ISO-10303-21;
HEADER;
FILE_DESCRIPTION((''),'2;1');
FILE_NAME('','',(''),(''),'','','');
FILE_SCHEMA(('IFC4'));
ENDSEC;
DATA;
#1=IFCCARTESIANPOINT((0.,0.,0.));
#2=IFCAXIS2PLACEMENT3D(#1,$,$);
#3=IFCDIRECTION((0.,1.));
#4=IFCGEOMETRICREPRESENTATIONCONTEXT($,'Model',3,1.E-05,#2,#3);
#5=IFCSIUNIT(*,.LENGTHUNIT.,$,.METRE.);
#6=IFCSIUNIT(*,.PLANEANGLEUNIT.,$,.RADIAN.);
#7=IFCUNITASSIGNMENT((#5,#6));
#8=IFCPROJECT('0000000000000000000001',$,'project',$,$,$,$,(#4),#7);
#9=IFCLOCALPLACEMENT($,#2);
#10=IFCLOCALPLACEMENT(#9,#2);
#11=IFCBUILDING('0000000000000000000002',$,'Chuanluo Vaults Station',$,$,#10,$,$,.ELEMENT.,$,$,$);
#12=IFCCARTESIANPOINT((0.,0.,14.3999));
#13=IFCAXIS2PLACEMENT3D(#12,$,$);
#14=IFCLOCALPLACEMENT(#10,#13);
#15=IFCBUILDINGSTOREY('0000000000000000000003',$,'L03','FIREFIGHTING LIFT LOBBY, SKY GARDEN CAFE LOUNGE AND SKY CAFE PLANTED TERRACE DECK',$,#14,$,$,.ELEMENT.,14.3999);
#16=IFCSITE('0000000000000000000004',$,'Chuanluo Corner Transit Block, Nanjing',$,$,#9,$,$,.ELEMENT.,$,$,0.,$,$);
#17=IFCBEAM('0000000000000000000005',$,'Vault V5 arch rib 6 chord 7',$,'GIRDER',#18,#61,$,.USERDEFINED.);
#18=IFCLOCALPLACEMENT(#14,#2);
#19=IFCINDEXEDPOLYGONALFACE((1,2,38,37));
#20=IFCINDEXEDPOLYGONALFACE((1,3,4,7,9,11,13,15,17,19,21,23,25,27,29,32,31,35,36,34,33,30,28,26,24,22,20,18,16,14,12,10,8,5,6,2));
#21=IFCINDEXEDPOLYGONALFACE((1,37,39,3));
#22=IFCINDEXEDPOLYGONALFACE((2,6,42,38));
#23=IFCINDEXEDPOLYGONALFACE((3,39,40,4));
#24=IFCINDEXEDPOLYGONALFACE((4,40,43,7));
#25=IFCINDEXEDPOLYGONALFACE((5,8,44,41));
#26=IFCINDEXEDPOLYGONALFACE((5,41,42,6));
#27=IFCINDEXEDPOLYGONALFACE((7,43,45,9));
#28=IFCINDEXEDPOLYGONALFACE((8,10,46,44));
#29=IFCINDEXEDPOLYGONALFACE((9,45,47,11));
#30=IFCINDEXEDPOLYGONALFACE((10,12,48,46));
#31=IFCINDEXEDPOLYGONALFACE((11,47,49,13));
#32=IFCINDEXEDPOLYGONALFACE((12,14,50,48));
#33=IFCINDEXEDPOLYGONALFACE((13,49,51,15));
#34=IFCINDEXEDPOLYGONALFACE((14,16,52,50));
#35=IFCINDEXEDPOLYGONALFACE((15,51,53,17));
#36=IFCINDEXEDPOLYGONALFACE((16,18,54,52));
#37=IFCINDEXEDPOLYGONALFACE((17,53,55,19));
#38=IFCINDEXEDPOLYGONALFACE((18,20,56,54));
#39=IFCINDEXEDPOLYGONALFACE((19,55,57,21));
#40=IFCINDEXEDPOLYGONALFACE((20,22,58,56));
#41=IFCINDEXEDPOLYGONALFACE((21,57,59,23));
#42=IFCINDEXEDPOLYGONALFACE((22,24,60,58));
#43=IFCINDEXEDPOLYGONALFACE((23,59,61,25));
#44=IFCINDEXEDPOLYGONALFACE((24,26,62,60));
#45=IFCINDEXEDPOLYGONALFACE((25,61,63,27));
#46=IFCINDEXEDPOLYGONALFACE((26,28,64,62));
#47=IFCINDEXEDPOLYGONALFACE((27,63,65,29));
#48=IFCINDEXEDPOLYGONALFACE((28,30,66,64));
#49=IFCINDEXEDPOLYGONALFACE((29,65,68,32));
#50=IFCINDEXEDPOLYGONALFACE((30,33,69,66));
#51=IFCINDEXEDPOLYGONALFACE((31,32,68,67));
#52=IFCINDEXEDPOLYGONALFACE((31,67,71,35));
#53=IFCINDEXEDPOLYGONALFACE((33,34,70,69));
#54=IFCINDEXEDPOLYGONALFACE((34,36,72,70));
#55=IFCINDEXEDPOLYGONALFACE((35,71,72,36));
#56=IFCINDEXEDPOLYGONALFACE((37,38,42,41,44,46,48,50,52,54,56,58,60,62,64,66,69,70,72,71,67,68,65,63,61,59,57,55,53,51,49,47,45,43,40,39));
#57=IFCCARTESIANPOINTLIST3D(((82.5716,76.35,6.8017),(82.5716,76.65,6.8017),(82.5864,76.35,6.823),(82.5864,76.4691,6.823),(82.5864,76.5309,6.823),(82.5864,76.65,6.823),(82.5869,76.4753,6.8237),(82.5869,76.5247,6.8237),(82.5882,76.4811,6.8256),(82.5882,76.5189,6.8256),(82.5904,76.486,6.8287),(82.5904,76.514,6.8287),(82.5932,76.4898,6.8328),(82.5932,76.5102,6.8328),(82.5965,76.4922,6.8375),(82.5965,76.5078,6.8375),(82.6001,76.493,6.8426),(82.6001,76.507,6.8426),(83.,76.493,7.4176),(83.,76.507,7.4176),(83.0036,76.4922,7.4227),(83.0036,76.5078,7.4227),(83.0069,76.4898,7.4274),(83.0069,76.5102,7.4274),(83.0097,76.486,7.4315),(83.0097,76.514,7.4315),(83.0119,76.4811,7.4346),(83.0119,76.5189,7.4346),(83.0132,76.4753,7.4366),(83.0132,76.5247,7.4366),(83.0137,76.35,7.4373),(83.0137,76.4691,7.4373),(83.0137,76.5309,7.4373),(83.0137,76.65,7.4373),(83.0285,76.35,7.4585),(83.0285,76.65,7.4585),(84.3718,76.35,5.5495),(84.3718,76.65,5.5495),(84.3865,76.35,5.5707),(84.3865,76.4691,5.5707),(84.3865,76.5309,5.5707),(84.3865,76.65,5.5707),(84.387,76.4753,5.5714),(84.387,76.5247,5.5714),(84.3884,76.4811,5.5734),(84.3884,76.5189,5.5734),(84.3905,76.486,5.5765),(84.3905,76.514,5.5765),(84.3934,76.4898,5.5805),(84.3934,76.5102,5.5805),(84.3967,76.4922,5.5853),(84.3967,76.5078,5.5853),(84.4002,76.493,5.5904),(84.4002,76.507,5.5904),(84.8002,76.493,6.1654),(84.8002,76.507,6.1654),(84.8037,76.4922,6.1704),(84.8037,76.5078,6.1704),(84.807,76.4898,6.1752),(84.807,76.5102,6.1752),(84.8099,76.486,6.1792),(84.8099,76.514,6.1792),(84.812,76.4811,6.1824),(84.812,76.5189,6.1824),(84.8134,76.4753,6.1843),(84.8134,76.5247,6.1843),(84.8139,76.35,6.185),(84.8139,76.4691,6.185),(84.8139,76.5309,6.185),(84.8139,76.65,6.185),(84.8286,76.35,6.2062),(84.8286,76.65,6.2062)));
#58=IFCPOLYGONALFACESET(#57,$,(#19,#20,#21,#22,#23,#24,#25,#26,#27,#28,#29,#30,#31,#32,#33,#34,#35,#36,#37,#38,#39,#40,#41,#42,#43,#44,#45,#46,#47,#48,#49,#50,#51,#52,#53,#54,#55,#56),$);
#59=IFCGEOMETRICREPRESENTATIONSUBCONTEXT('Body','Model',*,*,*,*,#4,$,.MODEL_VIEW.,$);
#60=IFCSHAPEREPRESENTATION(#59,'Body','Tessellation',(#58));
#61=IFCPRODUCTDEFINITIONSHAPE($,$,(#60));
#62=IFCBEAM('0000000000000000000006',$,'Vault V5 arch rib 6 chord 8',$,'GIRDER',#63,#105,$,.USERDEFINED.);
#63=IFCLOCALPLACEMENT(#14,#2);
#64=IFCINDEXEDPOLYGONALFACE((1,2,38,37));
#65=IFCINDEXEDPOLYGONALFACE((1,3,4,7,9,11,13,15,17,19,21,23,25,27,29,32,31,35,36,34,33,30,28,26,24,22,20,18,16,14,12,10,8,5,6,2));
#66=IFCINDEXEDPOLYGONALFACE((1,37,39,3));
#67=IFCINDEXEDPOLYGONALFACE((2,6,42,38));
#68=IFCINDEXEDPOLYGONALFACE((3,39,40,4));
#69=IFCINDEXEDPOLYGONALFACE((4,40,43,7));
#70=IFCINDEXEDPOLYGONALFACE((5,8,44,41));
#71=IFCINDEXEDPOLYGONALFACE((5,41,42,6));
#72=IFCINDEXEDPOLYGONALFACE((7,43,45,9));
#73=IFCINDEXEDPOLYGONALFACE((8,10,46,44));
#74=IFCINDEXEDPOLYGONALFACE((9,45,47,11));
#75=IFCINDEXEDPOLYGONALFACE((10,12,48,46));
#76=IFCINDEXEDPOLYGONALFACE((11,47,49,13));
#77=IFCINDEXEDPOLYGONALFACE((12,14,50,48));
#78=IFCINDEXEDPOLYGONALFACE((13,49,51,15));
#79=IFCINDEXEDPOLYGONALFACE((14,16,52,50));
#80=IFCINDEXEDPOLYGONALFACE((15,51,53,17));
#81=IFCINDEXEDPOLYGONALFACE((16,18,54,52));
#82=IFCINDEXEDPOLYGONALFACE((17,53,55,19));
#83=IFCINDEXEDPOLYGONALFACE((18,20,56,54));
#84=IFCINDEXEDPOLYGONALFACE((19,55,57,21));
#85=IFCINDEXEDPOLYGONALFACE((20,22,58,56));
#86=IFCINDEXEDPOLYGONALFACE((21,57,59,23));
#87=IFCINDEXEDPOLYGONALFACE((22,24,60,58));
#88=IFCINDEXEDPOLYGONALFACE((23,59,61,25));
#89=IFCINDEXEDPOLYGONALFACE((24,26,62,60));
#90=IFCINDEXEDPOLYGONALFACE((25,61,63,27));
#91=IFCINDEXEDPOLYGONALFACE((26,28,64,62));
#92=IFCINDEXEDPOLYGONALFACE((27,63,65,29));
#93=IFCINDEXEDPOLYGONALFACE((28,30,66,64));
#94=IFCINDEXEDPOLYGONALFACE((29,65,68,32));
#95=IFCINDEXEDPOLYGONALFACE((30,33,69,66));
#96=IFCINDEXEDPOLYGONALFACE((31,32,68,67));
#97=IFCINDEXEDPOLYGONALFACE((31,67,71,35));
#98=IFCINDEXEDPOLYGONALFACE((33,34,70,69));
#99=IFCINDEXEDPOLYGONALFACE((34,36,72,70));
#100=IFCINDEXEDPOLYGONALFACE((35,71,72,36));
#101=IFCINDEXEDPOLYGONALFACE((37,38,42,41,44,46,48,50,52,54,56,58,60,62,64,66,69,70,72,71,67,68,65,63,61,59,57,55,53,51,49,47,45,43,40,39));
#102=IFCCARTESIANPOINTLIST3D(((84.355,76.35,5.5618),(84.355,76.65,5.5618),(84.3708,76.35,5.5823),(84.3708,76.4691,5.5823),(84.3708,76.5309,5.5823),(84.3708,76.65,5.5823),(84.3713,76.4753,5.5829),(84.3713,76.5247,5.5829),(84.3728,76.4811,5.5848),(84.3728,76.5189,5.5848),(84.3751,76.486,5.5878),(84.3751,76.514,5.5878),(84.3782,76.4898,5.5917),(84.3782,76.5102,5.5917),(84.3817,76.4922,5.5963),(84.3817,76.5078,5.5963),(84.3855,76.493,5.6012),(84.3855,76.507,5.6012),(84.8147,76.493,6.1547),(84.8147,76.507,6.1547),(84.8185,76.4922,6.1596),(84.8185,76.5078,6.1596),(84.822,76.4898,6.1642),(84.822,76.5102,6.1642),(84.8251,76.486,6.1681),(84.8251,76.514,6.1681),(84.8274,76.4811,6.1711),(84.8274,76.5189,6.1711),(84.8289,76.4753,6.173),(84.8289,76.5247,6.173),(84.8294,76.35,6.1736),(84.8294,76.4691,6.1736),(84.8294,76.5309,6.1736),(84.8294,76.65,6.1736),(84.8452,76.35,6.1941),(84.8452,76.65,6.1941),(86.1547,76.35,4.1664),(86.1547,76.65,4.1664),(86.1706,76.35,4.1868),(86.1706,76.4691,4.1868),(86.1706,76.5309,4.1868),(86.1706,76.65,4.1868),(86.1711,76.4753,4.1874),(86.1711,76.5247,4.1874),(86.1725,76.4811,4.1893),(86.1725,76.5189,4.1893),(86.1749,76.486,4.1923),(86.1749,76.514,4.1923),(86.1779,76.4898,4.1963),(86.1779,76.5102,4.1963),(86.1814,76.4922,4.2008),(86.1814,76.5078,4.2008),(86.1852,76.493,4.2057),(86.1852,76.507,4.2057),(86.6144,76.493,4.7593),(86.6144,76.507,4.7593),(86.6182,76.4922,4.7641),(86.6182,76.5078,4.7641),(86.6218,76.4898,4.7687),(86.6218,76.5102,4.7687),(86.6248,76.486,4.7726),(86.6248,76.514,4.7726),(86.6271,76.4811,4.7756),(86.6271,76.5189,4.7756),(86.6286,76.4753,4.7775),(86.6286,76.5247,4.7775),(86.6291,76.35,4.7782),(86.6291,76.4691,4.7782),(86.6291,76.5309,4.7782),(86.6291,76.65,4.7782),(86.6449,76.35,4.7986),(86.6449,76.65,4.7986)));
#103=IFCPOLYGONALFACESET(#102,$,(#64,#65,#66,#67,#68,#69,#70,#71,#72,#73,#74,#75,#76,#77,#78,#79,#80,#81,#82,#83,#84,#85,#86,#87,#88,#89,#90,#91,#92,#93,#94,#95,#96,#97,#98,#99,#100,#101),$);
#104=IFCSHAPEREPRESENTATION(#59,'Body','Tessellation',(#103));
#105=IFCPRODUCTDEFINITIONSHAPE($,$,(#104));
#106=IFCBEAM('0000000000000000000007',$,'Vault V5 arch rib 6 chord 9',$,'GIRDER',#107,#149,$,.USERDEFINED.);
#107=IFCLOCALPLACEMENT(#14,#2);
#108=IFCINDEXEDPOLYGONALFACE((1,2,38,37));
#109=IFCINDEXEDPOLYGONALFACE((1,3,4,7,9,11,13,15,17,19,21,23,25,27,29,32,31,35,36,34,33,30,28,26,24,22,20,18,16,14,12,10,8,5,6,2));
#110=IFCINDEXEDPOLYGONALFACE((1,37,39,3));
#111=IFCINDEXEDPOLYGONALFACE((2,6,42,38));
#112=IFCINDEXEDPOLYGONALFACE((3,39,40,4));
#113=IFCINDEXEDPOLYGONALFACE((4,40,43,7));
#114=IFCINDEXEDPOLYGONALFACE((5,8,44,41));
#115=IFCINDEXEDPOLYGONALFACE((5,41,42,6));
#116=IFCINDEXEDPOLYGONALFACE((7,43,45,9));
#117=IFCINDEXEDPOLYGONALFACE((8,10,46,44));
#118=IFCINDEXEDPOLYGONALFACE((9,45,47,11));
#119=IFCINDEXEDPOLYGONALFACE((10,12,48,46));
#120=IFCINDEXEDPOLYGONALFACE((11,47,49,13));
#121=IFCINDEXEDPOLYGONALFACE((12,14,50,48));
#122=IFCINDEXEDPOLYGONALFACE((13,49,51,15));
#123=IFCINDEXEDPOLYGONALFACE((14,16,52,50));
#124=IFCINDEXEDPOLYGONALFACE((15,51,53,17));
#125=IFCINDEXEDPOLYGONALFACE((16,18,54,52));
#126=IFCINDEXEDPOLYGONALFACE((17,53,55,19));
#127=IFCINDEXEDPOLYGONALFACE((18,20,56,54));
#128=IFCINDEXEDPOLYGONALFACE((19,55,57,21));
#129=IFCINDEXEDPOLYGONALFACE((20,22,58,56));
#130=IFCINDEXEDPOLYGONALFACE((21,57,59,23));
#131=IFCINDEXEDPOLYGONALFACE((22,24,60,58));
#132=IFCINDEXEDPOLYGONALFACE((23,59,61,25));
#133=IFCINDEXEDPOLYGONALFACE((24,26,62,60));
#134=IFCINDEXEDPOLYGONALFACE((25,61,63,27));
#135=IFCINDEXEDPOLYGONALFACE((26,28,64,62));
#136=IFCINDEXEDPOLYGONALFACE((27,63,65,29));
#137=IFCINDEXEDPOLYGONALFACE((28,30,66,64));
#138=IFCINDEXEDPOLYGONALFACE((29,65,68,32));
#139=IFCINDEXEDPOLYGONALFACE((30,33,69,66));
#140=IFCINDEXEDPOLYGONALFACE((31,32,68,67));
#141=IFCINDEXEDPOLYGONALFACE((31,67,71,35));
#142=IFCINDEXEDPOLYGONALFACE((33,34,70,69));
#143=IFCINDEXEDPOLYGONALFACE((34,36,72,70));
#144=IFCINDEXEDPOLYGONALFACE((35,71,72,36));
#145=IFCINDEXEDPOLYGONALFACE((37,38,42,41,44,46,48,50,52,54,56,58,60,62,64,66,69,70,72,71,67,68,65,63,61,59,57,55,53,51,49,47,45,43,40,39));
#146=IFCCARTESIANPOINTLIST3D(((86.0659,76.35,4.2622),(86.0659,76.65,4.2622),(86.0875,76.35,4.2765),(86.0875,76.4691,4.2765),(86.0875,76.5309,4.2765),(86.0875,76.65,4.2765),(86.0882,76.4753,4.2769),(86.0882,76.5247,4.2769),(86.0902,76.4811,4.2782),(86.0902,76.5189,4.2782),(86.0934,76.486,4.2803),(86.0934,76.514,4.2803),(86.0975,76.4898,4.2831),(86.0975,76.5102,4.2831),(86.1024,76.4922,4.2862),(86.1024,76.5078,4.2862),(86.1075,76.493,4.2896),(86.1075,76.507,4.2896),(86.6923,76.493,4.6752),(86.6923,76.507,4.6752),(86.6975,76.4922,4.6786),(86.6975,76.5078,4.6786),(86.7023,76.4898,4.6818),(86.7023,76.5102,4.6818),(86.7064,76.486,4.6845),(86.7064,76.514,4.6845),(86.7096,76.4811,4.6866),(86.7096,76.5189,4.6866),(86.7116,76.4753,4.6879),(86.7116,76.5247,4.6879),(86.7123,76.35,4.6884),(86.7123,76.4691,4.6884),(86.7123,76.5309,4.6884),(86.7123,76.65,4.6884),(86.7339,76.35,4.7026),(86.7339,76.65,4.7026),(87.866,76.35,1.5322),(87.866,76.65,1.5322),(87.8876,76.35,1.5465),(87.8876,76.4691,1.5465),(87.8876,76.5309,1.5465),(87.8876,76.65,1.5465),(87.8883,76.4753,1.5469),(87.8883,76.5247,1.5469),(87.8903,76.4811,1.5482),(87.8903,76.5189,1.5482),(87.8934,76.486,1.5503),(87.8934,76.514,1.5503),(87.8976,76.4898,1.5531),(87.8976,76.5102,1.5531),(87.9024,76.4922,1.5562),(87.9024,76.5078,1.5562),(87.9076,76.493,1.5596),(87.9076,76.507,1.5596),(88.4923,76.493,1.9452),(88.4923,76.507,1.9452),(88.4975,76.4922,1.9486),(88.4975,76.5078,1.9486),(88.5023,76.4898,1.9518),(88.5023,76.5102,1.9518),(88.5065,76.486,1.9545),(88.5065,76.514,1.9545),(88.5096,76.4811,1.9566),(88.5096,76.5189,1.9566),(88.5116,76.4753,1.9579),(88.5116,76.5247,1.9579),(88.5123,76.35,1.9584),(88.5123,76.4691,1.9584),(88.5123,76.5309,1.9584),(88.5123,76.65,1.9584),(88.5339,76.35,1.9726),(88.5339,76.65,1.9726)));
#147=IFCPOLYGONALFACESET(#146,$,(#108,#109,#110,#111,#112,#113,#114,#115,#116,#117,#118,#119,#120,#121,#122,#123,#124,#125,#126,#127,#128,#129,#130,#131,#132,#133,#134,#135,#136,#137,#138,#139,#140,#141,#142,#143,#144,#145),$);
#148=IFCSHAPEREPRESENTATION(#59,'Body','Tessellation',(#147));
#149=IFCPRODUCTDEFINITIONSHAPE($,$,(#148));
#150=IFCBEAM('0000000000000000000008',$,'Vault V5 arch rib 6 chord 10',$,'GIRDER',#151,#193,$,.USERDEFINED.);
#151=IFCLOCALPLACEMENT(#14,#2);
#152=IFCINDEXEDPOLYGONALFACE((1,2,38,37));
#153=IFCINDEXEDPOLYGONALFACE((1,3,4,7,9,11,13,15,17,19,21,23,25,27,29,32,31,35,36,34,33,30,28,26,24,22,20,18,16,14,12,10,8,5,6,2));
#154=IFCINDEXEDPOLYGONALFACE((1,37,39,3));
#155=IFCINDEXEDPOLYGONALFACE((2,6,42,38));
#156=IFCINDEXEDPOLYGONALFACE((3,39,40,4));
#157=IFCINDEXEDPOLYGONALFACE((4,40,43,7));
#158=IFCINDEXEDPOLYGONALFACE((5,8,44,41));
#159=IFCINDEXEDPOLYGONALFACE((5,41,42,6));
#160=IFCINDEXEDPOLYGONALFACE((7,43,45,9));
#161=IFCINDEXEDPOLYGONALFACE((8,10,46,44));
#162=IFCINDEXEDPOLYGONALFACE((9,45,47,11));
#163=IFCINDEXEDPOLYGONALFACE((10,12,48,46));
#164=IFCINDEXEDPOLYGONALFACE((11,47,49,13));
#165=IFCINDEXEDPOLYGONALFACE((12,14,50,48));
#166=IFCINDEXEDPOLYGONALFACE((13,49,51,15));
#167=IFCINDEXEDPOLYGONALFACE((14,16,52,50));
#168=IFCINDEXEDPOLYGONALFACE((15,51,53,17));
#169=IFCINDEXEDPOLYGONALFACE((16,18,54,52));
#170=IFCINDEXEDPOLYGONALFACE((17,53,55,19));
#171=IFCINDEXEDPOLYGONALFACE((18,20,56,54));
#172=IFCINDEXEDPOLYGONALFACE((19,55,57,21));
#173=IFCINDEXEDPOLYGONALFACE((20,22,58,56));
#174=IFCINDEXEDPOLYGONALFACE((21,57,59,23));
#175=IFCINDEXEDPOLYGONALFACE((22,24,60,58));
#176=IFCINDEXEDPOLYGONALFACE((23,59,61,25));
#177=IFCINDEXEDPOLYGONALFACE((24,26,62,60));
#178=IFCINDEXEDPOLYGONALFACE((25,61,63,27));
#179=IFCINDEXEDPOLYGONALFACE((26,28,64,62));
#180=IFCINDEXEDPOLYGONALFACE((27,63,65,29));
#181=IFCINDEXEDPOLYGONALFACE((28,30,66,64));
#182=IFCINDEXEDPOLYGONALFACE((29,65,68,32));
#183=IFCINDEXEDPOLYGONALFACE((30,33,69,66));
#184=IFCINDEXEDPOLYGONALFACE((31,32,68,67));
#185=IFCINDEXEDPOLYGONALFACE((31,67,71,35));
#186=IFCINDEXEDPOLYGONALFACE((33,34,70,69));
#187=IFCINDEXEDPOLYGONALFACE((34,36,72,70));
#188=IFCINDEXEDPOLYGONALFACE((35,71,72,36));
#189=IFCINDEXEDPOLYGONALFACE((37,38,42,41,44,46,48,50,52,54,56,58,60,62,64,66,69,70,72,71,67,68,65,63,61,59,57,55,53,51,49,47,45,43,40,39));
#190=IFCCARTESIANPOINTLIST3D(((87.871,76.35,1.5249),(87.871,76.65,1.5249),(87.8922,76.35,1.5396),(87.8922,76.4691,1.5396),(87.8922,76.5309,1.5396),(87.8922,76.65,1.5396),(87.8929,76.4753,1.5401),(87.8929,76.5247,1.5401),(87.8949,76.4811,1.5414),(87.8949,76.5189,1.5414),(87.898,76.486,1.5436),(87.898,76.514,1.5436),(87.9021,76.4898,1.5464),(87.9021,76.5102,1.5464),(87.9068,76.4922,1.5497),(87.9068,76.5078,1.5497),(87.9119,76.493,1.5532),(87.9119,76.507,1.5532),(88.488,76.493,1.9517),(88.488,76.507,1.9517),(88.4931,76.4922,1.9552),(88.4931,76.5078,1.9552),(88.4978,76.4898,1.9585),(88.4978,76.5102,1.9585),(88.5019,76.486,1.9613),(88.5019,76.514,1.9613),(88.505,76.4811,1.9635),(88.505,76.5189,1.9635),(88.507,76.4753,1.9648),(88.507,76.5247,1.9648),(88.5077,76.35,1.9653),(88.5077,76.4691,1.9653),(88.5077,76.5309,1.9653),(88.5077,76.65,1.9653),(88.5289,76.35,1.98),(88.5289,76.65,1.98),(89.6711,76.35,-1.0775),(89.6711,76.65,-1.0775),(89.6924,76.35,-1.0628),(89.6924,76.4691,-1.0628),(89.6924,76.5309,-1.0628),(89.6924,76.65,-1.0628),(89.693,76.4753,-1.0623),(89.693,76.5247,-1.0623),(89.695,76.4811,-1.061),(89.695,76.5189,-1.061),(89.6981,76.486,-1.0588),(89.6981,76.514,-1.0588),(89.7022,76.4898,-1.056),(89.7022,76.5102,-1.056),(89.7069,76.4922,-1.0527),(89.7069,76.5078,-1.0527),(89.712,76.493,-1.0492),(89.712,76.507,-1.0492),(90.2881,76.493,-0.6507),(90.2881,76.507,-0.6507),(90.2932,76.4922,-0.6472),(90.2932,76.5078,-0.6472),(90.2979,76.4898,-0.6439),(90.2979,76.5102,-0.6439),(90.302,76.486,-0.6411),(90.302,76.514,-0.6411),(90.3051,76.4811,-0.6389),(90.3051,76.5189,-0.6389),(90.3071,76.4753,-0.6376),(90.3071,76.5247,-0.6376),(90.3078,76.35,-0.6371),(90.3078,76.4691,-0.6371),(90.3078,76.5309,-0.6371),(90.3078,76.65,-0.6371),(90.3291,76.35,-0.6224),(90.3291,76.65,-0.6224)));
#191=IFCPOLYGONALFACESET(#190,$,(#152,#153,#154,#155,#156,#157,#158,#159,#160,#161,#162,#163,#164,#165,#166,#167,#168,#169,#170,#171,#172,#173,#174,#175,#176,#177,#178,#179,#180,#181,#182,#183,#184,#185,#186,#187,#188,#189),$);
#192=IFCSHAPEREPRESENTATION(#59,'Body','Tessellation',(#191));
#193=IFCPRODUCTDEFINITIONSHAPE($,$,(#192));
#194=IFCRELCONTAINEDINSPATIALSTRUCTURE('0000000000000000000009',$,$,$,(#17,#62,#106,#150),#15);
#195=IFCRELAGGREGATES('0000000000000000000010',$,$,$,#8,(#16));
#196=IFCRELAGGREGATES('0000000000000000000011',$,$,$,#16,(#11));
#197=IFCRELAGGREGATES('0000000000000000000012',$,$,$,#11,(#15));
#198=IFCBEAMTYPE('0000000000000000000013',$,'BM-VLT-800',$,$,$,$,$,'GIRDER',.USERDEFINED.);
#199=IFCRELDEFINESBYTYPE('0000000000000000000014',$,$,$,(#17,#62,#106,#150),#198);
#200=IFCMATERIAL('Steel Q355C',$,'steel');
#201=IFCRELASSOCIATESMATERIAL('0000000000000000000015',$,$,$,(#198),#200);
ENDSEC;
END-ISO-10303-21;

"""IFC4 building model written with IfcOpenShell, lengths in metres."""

from ifc_helpers import new_model, si_unit, direction, frame, origin, origin_2d, place, context, subcontext, project, spatial, i_section, extrude, material, material_profile, profile_set, type_object, element, save


model = new_model("IFC4")

# Units and contexts
model_context = context("Model", 3, precision=1e-05, world=origin(), true_north=direction((0.0, 1.0)))
body_context = subcontext(model_context, "Body", "Model", "MODEL_VIEW")
ifc_project = project(units=[si_unit("LENGTHUNIT", "METRE"), si_unit("PLANEANGLEUNIT", "RADIAN")], contexts=[model_context])

# Site, building, storey
site_placement = place(None, origin())
site = spatial("IfcSite", under=ifc_project, at=site_placement, Name="Chuanluo Corner Transit Block, Nanjing", CompositionType="ELEMENT", RefElevation=0.0)
building_placement = place(site_placement, origin())
building = spatial("IfcBuilding", under=site, at=building_placement, Name="Chuanluo Vaults Station", CompositionType="ELEMENT")
storey_placement = place(building_placement, frame((0.0, 0.0, 14.3999)))
storey = spatial("IfcBuildingStorey", under=building, at=storey_placement, Name="L03", Description="FIREFIGHTING LIFT LOBBY, SKY GARDEN CAFE LOUNGE AND SKY CAFE PLANTED TERRACE DECK", CompositionType="ELEMENT", Elevation=14.3999)

# Beams
ifc_material_1 = material(Name="Steel Q355C", Category="steel")
ifc_material_profile_1 = material_profile(ifc_material_1, i_section(OverallWidth=0.3, OverallDepth=0.8, WebThickness=0.0139, FlangeThickness=0.0259, FilletRadius=0.0239, at=origin_2d()))
ifc_profile_set_1 = profile_set([ifc_material_profile_1], Name="Steel Q355C")
beam_type = type_object("IfcBeamType", Name="BM-VLT-800", ElementType="GIRDER", PredefinedType="USERDEFINED", material=ifc_profile_set_1)
beam_1_placement = place(storey_placement, frame((82.8, 76.5, 7.1301), z_axis=(0.820907, 0.0, -0.571061), x_axis=(0.0, 1.0, 0.0)))
element("IfcBeam", 1, at=beam_1_placement, inside=storey, type_object=beam_type, Name="Vault V5 arch rib 6 chord 7", ObjectType="GIRDER", PredefinedType="USERDEFINED", context=body_context, shape_type="SweptSolid", body=[
    extrude(i_section(OverallWidth=0.3, OverallDepth=0.8, WebThickness=0.0139, FlangeThickness=0.0259, FilletRadius=0.0239, at=origin_2d()), origin(), (0.0, 0.0, 1.0), 2.1929),
])
beam_2_placement = place(storey_placement, frame((84.6001, 76.5, 5.8779), z_axis=(0.790275, 0.0, -0.612752), x_axis=(0.0, 1.0, 0.0)))
element("IfcBeam", 2, at=beam_2_placement, inside=storey, type_object=beam_type, Name="Vault V5 arch rib 6 chord 8", ObjectType="GIRDER", PredefinedType="USERDEFINED", context=body_context, shape_type="SweptSolid", body=[
    extrude(i_section(OverallWidth=0.3, OverallDepth=0.8, WebThickness=0.0139, FlangeThickness=0.0259, FilletRadius=0.0239, at=origin_2d()), origin(), (0.0, 0.0, 1.0), 2.2773),
])
beam_3_placement = place(storey_placement, frame((86.3999, 76.5, 4.4824), z_axis=(0.550472, 0.0, -0.834854), x_axis=(0.0, 1.0, 0.0)))
element("IfcBeam", 3, at=beam_3_placement, inside=storey, type_object=beam_type, Name="Vault V5 arch rib 6 chord 9", ObjectType="GIRDER", PredefinedType="USERDEFINED", context=body_context, shape_type="SweptSolid", body=[
    extrude(i_section(OverallWidth=0.3, OverallDepth=0.8, WebThickness=0.0139, FlangeThickness=0.0259, FilletRadius=0.0239, at=origin_2d()), origin(), (0.0, 0.0, 1.0), 3.27),
])
beam_4_placement = place(storey_placement, frame((88.2, 76.5, 1.7524), z_axis=(0.568881, 0.0, -0.82242), x_axis=(0.0, 1.0, 0.0)))
element("IfcBeam", 4, at=beam_4_placement, inside=storey, type_object=beam_type, Name="Vault V5 arch rib 6 chord 10", ObjectType="GIRDER", PredefinedType="USERDEFINED", context=body_context, shape_type="SweptSolid", body=[
    extrude(i_section(OverallWidth=0.3, OverallDepth=0.8, WebThickness=0.0139, FlangeThickness=0.0259, FilletRadius=0.0239, at=origin_2d()), origin(), (0.0, 0.0, 1.0), 3.1643),
])

save(model, "model.ifc")
